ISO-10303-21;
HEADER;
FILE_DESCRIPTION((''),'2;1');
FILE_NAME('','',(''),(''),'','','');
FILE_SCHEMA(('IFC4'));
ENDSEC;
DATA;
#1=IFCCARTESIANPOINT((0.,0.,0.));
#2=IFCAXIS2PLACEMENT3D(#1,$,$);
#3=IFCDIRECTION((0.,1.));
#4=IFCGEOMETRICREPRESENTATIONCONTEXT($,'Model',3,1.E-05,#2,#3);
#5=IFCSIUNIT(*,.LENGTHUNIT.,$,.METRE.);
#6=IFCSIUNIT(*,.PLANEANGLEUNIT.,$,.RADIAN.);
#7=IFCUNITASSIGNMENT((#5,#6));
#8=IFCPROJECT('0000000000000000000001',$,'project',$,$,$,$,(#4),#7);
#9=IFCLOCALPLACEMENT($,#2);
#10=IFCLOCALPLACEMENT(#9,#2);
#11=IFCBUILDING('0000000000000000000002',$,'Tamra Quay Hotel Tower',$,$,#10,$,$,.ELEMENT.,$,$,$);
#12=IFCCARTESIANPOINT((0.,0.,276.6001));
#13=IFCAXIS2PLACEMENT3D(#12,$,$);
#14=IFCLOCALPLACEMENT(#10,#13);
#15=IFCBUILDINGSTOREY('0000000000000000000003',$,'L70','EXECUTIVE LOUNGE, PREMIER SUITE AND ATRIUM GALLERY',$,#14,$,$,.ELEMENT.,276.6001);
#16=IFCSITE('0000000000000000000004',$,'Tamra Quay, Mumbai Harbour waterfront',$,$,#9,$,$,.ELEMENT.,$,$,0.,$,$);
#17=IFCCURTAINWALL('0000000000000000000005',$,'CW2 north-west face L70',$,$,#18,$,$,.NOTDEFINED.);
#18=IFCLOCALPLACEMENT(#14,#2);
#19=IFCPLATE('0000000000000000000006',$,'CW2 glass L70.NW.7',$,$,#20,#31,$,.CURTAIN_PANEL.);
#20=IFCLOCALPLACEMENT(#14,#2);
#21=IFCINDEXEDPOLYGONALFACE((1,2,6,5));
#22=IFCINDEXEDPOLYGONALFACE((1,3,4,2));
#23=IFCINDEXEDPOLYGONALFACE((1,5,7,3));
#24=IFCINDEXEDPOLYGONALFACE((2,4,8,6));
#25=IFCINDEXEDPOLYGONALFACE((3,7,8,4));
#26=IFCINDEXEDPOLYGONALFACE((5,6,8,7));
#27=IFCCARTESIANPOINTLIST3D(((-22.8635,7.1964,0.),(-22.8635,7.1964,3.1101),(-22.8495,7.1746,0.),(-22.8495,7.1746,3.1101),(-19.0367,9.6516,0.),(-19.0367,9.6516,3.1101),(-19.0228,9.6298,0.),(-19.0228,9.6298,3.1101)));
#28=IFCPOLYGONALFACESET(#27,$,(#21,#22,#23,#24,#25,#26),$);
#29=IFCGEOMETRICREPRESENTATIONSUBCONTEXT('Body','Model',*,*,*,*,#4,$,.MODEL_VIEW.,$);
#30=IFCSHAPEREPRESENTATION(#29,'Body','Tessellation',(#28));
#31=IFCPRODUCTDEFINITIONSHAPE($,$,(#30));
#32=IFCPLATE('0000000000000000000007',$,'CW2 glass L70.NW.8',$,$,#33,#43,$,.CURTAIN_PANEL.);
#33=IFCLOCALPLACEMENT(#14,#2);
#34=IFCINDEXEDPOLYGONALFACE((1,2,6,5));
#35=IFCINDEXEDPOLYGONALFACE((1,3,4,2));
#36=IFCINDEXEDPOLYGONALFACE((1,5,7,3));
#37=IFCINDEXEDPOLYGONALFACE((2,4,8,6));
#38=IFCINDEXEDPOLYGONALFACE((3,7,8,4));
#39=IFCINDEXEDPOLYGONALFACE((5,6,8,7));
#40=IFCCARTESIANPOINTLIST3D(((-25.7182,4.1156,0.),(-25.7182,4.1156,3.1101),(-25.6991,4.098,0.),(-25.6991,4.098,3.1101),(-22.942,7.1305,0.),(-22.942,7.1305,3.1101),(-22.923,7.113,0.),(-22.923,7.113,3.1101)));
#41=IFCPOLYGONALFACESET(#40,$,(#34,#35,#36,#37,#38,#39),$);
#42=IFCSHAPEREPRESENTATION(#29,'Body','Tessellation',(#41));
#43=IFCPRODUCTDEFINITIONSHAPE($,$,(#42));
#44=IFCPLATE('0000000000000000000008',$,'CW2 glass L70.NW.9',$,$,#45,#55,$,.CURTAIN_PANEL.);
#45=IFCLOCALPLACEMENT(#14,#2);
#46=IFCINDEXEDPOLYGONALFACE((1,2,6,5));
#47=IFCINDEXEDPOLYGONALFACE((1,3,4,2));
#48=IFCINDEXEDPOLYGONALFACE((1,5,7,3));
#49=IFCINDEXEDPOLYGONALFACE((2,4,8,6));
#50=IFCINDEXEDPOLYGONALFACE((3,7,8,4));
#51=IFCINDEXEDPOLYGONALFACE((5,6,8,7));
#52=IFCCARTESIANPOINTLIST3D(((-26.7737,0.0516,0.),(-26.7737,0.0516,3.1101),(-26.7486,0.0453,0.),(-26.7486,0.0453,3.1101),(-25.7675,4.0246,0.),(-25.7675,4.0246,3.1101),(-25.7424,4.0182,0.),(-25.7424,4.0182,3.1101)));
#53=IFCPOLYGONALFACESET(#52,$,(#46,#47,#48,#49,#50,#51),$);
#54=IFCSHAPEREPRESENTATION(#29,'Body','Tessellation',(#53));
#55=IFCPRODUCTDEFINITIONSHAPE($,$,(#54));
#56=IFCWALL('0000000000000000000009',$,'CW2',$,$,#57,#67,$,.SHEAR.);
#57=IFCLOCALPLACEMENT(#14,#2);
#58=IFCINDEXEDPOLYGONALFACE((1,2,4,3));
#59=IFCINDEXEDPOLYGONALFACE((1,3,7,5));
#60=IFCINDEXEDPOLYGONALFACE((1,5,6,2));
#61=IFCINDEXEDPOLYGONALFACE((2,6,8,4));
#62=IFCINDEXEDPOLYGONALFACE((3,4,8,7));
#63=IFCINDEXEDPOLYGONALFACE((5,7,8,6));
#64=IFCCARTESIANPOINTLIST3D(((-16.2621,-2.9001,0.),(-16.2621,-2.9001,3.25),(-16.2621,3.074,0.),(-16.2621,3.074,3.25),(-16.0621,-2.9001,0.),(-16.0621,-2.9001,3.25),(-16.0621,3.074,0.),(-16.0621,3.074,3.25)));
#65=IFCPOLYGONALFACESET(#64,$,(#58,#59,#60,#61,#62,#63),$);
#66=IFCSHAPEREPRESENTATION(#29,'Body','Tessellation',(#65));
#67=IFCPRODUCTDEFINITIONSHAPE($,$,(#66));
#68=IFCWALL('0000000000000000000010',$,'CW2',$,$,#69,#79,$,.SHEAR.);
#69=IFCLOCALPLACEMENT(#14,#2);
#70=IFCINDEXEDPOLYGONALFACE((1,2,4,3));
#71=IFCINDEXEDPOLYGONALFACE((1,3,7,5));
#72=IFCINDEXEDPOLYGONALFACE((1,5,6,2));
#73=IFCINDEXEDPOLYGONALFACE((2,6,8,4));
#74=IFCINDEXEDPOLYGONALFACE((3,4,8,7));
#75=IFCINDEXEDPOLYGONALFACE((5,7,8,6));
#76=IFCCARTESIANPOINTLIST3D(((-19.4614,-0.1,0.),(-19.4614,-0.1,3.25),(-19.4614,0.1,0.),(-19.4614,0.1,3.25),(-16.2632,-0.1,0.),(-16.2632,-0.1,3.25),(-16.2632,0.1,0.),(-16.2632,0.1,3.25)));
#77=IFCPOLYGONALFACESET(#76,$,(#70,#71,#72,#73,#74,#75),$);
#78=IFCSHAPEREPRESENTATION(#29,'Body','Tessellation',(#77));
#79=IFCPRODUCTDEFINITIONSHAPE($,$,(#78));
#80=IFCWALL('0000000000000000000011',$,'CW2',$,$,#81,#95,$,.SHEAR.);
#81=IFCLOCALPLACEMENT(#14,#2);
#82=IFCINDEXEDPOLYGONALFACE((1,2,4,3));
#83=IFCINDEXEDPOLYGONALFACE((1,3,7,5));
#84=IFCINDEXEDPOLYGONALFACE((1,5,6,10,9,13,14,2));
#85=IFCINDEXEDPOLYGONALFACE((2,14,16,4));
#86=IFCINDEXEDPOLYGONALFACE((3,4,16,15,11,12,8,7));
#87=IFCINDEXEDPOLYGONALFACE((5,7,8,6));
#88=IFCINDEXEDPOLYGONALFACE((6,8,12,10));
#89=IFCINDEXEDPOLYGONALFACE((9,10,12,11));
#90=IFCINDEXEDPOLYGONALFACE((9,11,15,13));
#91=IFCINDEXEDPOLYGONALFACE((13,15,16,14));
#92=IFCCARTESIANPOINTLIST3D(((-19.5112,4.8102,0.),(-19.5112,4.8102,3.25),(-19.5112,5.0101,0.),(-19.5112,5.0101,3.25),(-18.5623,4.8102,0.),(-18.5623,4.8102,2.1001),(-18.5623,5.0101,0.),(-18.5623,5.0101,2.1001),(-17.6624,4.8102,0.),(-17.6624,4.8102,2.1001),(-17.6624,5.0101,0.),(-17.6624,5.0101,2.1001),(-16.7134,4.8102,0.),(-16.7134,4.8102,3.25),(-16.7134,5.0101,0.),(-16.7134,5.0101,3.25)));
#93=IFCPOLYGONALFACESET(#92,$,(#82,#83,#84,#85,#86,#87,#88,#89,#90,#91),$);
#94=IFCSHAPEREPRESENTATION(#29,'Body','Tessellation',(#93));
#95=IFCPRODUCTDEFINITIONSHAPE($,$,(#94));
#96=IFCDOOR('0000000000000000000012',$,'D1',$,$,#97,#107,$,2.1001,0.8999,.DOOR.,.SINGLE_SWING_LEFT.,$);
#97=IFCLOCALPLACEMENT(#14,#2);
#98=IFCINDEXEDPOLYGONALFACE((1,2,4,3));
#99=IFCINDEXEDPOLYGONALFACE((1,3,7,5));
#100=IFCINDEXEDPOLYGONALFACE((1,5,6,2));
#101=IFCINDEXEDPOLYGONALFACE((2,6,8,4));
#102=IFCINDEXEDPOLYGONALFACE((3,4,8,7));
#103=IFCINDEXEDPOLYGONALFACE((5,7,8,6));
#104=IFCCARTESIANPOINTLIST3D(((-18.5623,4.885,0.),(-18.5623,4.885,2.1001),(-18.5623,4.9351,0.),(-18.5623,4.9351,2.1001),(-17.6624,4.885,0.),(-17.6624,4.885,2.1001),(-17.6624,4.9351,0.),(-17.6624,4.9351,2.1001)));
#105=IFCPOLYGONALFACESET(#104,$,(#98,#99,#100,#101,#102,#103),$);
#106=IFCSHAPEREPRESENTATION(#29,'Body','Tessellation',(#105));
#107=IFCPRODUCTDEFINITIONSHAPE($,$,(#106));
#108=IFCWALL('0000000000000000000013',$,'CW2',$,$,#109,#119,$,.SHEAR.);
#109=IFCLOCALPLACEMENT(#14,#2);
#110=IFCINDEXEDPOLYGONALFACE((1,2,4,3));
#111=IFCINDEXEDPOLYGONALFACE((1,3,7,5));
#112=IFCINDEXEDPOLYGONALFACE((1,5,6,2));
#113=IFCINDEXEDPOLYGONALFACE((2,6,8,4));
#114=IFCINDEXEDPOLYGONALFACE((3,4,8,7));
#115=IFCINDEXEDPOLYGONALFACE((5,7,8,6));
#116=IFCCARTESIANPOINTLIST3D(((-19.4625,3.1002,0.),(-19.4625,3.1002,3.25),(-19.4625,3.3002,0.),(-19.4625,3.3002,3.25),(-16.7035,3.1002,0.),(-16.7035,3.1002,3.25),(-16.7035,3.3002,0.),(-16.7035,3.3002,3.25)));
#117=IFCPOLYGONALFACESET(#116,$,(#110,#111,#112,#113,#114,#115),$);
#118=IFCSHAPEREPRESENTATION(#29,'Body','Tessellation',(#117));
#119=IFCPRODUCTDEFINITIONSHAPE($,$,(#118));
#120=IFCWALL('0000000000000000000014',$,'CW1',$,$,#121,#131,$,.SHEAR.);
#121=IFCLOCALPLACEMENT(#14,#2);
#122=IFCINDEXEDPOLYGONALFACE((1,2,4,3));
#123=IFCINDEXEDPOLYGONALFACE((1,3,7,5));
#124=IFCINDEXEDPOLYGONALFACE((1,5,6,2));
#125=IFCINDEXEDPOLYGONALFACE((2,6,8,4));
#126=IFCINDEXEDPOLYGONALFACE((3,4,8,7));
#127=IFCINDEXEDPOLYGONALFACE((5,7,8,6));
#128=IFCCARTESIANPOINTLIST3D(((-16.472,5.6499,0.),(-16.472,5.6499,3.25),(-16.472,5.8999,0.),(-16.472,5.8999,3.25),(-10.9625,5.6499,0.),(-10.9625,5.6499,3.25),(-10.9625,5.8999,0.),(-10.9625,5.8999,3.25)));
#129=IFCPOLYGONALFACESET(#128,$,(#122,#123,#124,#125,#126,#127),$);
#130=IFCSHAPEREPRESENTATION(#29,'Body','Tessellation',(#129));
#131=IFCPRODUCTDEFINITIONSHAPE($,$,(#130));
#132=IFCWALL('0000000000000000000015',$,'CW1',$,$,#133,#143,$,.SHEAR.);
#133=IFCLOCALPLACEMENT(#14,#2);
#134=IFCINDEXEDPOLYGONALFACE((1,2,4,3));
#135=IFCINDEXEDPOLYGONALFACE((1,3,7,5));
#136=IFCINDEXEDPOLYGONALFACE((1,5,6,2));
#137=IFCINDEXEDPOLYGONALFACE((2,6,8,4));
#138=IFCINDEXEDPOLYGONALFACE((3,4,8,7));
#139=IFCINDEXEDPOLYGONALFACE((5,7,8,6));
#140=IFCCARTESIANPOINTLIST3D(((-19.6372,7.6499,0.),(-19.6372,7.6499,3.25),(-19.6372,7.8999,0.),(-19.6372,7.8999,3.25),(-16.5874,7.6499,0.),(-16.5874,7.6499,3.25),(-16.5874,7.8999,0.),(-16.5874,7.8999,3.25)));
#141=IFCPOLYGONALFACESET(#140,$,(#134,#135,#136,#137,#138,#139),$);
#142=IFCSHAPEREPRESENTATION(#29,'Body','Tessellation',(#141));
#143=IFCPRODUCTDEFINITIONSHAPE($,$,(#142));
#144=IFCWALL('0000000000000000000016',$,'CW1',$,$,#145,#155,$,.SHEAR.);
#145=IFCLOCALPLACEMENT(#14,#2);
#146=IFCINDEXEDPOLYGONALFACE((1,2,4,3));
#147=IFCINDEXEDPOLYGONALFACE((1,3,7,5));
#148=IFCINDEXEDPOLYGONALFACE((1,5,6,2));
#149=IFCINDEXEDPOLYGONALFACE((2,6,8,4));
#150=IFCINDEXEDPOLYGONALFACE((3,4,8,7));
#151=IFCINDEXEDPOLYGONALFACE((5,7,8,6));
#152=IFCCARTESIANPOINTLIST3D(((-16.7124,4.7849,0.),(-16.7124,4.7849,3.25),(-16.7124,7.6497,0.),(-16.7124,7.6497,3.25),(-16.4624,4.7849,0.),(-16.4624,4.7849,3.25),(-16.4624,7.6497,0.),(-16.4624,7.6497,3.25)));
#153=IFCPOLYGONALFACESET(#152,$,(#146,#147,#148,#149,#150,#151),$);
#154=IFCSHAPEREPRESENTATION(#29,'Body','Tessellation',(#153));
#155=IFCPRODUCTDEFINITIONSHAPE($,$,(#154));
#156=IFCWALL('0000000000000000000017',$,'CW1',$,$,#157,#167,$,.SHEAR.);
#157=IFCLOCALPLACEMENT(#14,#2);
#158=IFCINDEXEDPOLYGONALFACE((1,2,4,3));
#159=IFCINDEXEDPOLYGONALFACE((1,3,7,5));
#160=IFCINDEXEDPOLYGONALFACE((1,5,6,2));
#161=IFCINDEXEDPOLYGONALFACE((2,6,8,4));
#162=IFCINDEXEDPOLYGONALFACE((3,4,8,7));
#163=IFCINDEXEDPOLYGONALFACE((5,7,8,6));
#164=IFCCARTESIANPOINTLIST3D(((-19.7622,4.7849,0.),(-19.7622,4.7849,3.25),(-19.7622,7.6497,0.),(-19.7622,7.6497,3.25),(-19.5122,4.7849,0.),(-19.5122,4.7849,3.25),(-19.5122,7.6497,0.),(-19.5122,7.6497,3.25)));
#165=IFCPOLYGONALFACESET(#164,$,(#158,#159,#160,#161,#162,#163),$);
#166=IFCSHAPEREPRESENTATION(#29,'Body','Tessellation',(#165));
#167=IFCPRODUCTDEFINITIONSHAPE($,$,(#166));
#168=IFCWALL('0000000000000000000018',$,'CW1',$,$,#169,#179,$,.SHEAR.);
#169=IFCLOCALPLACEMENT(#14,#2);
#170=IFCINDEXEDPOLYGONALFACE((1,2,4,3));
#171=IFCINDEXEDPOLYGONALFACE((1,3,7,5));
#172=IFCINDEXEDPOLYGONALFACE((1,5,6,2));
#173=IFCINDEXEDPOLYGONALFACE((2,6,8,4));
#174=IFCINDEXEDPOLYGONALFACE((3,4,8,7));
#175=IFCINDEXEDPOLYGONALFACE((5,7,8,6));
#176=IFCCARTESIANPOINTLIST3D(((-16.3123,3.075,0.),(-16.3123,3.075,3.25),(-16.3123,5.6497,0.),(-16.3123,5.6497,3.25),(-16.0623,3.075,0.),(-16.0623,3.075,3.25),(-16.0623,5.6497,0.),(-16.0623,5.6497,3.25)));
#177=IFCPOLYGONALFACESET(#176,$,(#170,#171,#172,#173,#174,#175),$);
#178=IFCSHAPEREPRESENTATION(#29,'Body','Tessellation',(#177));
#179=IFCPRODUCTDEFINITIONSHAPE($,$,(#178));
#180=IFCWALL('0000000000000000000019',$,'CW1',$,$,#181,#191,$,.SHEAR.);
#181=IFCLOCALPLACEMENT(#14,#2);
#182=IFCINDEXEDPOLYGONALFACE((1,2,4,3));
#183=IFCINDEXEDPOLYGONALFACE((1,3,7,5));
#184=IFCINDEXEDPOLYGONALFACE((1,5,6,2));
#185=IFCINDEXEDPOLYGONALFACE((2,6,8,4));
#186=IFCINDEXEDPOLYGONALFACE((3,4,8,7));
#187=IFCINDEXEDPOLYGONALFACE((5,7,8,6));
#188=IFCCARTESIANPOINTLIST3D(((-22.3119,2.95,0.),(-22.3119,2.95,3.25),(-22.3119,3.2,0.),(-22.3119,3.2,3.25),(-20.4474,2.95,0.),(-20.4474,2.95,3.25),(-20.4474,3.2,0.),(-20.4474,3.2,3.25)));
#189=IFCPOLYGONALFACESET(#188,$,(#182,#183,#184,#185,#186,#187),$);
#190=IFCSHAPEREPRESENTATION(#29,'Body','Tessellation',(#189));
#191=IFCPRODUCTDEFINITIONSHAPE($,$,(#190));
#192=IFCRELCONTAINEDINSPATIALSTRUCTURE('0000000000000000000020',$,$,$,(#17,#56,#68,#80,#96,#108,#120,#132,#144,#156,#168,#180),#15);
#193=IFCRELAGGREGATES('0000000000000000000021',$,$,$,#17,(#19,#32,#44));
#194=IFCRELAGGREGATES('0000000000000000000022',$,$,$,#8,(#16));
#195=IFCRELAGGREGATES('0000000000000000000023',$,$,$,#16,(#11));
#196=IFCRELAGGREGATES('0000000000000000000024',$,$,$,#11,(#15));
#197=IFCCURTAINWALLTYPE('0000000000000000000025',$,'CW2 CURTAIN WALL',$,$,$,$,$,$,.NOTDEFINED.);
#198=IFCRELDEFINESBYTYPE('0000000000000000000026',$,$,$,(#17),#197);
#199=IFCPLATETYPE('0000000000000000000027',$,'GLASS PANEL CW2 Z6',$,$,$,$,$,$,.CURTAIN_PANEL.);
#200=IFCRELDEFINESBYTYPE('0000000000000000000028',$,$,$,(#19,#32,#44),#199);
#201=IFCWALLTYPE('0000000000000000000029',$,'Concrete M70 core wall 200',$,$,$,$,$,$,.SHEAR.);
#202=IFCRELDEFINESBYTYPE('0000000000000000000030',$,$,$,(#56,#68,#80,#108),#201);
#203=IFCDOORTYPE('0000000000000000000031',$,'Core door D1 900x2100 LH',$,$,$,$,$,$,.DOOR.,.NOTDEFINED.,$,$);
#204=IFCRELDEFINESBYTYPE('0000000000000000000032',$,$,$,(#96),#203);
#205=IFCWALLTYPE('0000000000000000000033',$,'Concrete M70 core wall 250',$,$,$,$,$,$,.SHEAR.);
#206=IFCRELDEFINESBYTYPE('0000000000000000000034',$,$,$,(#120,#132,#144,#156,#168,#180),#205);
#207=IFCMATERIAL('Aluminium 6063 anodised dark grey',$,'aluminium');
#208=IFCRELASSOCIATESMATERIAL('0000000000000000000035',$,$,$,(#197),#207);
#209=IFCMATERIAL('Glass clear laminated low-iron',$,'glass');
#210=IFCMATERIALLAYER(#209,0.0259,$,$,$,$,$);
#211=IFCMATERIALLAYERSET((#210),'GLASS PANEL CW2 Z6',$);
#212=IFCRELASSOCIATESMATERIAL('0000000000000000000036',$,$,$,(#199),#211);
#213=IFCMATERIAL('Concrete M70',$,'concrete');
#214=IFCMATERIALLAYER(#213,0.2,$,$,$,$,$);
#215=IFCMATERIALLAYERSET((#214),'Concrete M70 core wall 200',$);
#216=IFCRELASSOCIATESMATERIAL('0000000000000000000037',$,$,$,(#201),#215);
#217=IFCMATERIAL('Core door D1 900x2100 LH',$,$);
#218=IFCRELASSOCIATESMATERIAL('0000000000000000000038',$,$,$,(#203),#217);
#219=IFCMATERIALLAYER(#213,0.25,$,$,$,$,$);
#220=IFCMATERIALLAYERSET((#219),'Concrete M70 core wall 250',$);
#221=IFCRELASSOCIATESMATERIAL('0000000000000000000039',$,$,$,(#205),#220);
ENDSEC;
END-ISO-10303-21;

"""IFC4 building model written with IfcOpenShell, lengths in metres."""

from ifc_helpers import new_model, si_unit, direction, frame, frame_2d, origin, origin_2d, place, context, subcontext, project, spatial, rectangle, extrude, material, layer, layer_set, type_object, element, fill, aggregate, save


model = new_model("IFC4")

# Units and contexts
model_context = context("Model", 3, precision=1e-05, world=origin(), true_north=direction((0.0, 1.0)))
body_context = subcontext(model_context, "Body", "Model", "MODEL_VIEW")
ifc_project = project(units=[si_unit("LENGTHUNIT", "METRE"), si_unit("PLANEANGLEUNIT", "RADIAN")], contexts=[model_context])

# Site, building, storey
site_placement = place(None, origin())
site = spatial("IfcSite", under=ifc_project, at=site_placement, Name="Tamra Quay, Mumbai Harbour waterfront", CompositionType="ELEMENT", RefElevation=0.0)
building_placement = place(site_placement, origin())
building = spatial("IfcBuilding", under=site, at=building_placement, Name="Tamra Quay Hotel Tower", CompositionType="ELEMENT")
storey_placement = place(building_placement, frame((0.0, 0.0, 276.6001)))
storey = spatial("IfcBuildingStorey", under=building, at=storey_placement, Name="L70", Description="EXECUTIVE LOUNGE, PREMIER SUITE AND ATRIUM GALLERY", CompositionType="ELEMENT", Elevation=276.6001)

# Shared definitions
ifc_material_1 = material(Name="Concrete M70", Category="concrete")

# Curtain wall
ifc_material_2 = material(Name="Aluminium 6063 anodised dark grey", Category="aluminium")
curtain_wall_type = type_object("IfcCurtainWallType", Name="CW2 CURTAIN WALL", PredefinedType="NOTDEFINED", material=ifc_material_2)
curtain_wall_placement = place(storey_placement, origin())
curtain_wall = element("IfcCurtainWall", 1, at=curtain_wall_placement, inside=storey, type_object=curtain_wall_type, Name="CW2 north-west face L70", PredefinedType="NOTDEFINED")

# Plates
ifc_material_3 = material(Name="Glass clear laminated low-iron", Category="glass")
ifc_layer_1 = layer(ifc_material_3, 0.0259)
ifc_layer_set_1 = layer_set([ifc_layer_1], Name="GLASS PANEL CW2 Z6")
plate_type = type_object("IfcPlateType", Name="GLASS PANEL CW2 Z6", PredefinedType="CURTAIN_PANEL", material=ifc_layer_set_1)
plate_1_placement = place(storey_placement, frame((-20.9431, 8.4131, 0.0), z_axis=(0.0, 0.0, 1.0), x_axis=(-0.841665, -0.54, 0.0)))
plate_1 = element("IfcPlate", 2, at=plate_1_placement, type_object=plate_type, Name="CW2 glass L70.NW.7", PredefinedType="CURTAIN_PANEL", context=body_context, shape_type="SweptSolid", body=[
    extrude(rectangle(XDim=4.5466, YDim=0.0259, at=origin_2d()), origin(), (0.0, 0.0, 1.0), 3.1101),
])
plate_2_placement = place(storey_placement, frame((-24.3206, 5.6143, 0.0), z_axis=(0.0, 0.0, 1.0), x_axis=(-0.677376, -0.735637, 0.0)))
plate_2 = element("IfcPlate", 3, at=plate_2_placement, type_object=plate_type, Name="CW2 glass L70.NW.8", PredefinedType="CURTAIN_PANEL", context=body_context, shape_type="SweptSolid", body=[
    extrude(rectangle(XDim=4.0984, YDim=0.0259, at=origin_2d()), origin(), (0.0, 0.0, 1.0), 3.1101),
])
plate_3_placement = place(storey_placement, frame((-26.2581, 2.0349, 0.0), z_axis=(0.0, 0.0, 1.0), x_axis=(-0.245527, -0.96939, 0.0)))
plate_3 = element("IfcPlate", 4, at=plate_3_placement, type_object=plate_type, Name="CW2 glass L70.NW.9", PredefinedType="CURTAIN_PANEL", context=body_context, shape_type="SweptSolid", body=[
    extrude(rectangle(XDim=4.0984, YDim=0.0259, at=origin_2d()), origin(), (0.0, 0.0, 1.0), 3.1101),
])
aggregate(curtain_wall, [plate_1, plate_2, plate_3])

# Walls
ifc_layer_2 = layer(ifc_material_1, 0.2)
ifc_layer_set_2 = layer_set([ifc_layer_2], Name="Concrete M70 core wall 200")
wall_type_1 = type_object("IfcWallType", Name="Concrete M70 core wall 200", PredefinedType="SHEAR", material=ifc_layer_set_2)
wall_1_placement = place(storey_placement, frame((-16.1621, 3.074, 0.0), z_axis=(0.0, 0.0, 1.0), x_axis=(0.0, -1.0, 0.0)))
element("IfcWall", 5, at=wall_1_placement, inside=storey, type_object=wall_type_1, Name="CW2", PredefinedType="SHEAR", context=body_context, shape_type="SweptSolid", body=[
    extrude(rectangle(XDim=5.9741, YDim=0.2, at=frame_2d((2.9871, 0.0))), origin(), (0.0, 0.0, 1.0), 3.25),
])
wall_2_placement = place(storey_placement, frame((-16.2632, 0.0, 0.0), z_axis=(0.0, 0.0, 1.0), x_axis=(-1.0, 0.0, 0.0)))
element("IfcWall", 6, at=wall_2_placement, inside=storey, type_object=wall_type_1, Name="CW2", PredefinedType="SHEAR", context=body_context, shape_type="SweptSolid", body=[
    extrude(rectangle(XDim=3.1982, YDim=0.2, at=frame_2d((1.5991, 0.0))), origin(), (0.0, 0.0, 1.0), 3.25),
])

# Wall, opening, door
wall_3_placement = place(storey_placement, frame((-19.5112, 4.9102, 0.0), z_axis=(0.0, 0.0, 1.0), x_axis=(1.0, 0.0, 0.0)))
wall_3 = element("IfcWall", 7, at=wall_3_placement, inside=storey, type_object=wall_type_1, Name="CW2", PredefinedType="SHEAR", context=body_context, shape_type="SweptSolid", body=[
    extrude(rectangle(XDim=2.7979, YDim=0.2, at=frame_2d((1.3989, 0.0))), origin(), (0.0, 0.0, 1.0), 3.25),
])
opening_placement = place(wall_3_placement, frame((0.949, 0.0, 0.0)))
opening = element("IfcOpeningElement", 8, at=opening_placement, cuts=wall_3, PredefinedType="OPENING", context=body_context, shape_type="SweptSolid", body=[
    extrude(rectangle(XDim=0.8999, YDim=2.1001, at=frame_2d((0.45, 1.05))), frame((0.0, 0.1099, 0.0), z_axis=(0.0, -1.0, 0.0), x_axis=(1.0, 0.0, 0.0)), (0.0, 0.0, 1.0), 0.22),
])
ifc_material_4 = material(Name="Core door D1 900x2100 LH")
door_type = type_object("IfcDoorType", Name="Core door D1 900x2100 LH", OperationType="NOTDEFINED", PredefinedType="DOOR", material=ifc_material_4)
door_placement = place(opening_placement, origin())
door = element("IfcDoor", 9, at=door_placement, inside=storey, type_object=door_type, Name="D1", OperationType="SINGLE_SWING_LEFT", OverallHeight=2.1001, OverallWidth=0.8999, PredefinedType="DOOR", context=body_context, shape_type="SweptSolid", body=[
    extrude(rectangle(XDim=0.8999, YDim=2.1001, at=frame_2d((0.45, 1.05))), frame((0.0, 0.0249, 0.0), z_axis=(0.0, -1.0, 0.0), x_axis=(1.0, 0.0, 0.0)), (0.0, 0.0, 1.0), 0.05),
])
fill(opening, door)

# Walls
wall_4_placement = place(storey_placement, frame((-19.4624, 3.2002, 0.0), z_axis=(0.0, 0.0, 1.0), x_axis=(1.0, 0.0, 0.0)))
element("IfcWall", 10, at=wall_4_placement, inside=storey, type_object=wall_type_1, Name="CW2", PredefinedType="SHEAR", context=body_context, shape_type="SweptSolid", body=[
    extrude(rectangle(XDim=2.759, YDim=0.2, at=frame_2d((1.3794, 0.0))), origin(), (0.0, 0.0, 1.0), 3.25),
])
ifc_layer_3 = layer(ifc_material_1, 0.25)
ifc_layer_set_3 = layer_set([ifc_layer_3], Name="Concrete M70 core wall 250")
wall_type_2 = type_object("IfcWallType", Name="Concrete M70 core wall 250", PredefinedType="SHEAR", material=ifc_layer_set_3)
wall_5_placement = place(storey_placement, frame((-16.4722, 5.7749, 0.0), z_axis=(0.0, 0.0, 1.0), x_axis=(1.0, 0.0, 0.0)))
element("IfcWall", 11, at=wall_5_placement, inside=storey, type_object=wall_type_2, Name="CW1", PredefinedType="SHEAR", context=body_context, shape_type="SweptSolid", body=[
    extrude(rectangle(XDim=5.5095, YDim=0.25, at=frame_2d((2.7549, 0.0))), origin(), (0.0, 0.0, 1.0), 3.25),
])
wall_6_placement = place(storey_placement, frame((-19.6372, 7.7749, 0.0), z_axis=(0.0, 0.0, 1.0), x_axis=(1.0, 0.0, 0.0)))
element("IfcWall", 12, at=wall_6_placement, inside=storey, type_object=wall_type_2, Name="CW1", PredefinedType="SHEAR", context=body_context, shape_type="SweptSolid", body=[
    extrude(rectangle(XDim=3.0498, YDim=0.25, at=frame_2d((1.5249, 0.0))), origin(), (0.0, 0.0, 1.0), 3.25),
])
for number, where, z_axis, x_axis, name in (
    (13, (-16.5874, 7.6497, 0.0), (0.0, 0.0, 1.0), (0.0, -1.0, 0.0), "CW1"),
    (14, (-19.6372, 4.7849, 0.0), (0.0, 0.0, 1.0), (0.0, 1.0, 0.0), "CW1"),
):
    element("IfcWall", number, at=place(storey_placement, frame(where, z_axis=z_axis, x_axis=x_axis)), inside=storey, type_object=wall_type_2, Name=name, PredefinedType="SHEAR", context=body_context, shape_type="SweptSolid", body=[
        extrude(rectangle(XDim=2.8647, YDim=0.25, at=frame_2d((1.4324, 0.0))), origin(), (0.0, 0.0, 1.0), 3.25),
    ])
wall_7_placement = place(storey_placement, frame((-16.1873, 3.075, 0.0), z_axis=(0.0, 0.0, 1.0), x_axis=(0.0, 1.0, 0.0)))
element("IfcWall", 15, at=wall_7_placement, inside=storey, type_object=wall_type_2, Name="CW1", PredefinedType="SHEAR", context=body_context, shape_type="SweptSolid", body=[
    extrude(rectangle(XDim=2.5747, YDim=0.25, at=frame_2d((1.2874, 0.0))), origin(), (0.0, 0.0, 1.0), 3.25),
])
wall_8_placement = place(storey_placement, frame((-22.3118, 3.075, 0.0), z_axis=(0.0, 0.0, 1.0), x_axis=(1.0, 0.0, 0.0)))
element("IfcWall", 16, at=wall_8_placement, inside=storey, type_object=wall_type_2, Name="CW1", PredefinedType="SHEAR", context=body_context, shape_type="SweptSolid", body=[
    extrude(rectangle(XDim=1.8645, YDim=0.25, at=frame_2d((0.9321, 0.0))), origin(), (0.0, 0.0, 1.0), 3.25),
])

save(model, "model.ifc")
